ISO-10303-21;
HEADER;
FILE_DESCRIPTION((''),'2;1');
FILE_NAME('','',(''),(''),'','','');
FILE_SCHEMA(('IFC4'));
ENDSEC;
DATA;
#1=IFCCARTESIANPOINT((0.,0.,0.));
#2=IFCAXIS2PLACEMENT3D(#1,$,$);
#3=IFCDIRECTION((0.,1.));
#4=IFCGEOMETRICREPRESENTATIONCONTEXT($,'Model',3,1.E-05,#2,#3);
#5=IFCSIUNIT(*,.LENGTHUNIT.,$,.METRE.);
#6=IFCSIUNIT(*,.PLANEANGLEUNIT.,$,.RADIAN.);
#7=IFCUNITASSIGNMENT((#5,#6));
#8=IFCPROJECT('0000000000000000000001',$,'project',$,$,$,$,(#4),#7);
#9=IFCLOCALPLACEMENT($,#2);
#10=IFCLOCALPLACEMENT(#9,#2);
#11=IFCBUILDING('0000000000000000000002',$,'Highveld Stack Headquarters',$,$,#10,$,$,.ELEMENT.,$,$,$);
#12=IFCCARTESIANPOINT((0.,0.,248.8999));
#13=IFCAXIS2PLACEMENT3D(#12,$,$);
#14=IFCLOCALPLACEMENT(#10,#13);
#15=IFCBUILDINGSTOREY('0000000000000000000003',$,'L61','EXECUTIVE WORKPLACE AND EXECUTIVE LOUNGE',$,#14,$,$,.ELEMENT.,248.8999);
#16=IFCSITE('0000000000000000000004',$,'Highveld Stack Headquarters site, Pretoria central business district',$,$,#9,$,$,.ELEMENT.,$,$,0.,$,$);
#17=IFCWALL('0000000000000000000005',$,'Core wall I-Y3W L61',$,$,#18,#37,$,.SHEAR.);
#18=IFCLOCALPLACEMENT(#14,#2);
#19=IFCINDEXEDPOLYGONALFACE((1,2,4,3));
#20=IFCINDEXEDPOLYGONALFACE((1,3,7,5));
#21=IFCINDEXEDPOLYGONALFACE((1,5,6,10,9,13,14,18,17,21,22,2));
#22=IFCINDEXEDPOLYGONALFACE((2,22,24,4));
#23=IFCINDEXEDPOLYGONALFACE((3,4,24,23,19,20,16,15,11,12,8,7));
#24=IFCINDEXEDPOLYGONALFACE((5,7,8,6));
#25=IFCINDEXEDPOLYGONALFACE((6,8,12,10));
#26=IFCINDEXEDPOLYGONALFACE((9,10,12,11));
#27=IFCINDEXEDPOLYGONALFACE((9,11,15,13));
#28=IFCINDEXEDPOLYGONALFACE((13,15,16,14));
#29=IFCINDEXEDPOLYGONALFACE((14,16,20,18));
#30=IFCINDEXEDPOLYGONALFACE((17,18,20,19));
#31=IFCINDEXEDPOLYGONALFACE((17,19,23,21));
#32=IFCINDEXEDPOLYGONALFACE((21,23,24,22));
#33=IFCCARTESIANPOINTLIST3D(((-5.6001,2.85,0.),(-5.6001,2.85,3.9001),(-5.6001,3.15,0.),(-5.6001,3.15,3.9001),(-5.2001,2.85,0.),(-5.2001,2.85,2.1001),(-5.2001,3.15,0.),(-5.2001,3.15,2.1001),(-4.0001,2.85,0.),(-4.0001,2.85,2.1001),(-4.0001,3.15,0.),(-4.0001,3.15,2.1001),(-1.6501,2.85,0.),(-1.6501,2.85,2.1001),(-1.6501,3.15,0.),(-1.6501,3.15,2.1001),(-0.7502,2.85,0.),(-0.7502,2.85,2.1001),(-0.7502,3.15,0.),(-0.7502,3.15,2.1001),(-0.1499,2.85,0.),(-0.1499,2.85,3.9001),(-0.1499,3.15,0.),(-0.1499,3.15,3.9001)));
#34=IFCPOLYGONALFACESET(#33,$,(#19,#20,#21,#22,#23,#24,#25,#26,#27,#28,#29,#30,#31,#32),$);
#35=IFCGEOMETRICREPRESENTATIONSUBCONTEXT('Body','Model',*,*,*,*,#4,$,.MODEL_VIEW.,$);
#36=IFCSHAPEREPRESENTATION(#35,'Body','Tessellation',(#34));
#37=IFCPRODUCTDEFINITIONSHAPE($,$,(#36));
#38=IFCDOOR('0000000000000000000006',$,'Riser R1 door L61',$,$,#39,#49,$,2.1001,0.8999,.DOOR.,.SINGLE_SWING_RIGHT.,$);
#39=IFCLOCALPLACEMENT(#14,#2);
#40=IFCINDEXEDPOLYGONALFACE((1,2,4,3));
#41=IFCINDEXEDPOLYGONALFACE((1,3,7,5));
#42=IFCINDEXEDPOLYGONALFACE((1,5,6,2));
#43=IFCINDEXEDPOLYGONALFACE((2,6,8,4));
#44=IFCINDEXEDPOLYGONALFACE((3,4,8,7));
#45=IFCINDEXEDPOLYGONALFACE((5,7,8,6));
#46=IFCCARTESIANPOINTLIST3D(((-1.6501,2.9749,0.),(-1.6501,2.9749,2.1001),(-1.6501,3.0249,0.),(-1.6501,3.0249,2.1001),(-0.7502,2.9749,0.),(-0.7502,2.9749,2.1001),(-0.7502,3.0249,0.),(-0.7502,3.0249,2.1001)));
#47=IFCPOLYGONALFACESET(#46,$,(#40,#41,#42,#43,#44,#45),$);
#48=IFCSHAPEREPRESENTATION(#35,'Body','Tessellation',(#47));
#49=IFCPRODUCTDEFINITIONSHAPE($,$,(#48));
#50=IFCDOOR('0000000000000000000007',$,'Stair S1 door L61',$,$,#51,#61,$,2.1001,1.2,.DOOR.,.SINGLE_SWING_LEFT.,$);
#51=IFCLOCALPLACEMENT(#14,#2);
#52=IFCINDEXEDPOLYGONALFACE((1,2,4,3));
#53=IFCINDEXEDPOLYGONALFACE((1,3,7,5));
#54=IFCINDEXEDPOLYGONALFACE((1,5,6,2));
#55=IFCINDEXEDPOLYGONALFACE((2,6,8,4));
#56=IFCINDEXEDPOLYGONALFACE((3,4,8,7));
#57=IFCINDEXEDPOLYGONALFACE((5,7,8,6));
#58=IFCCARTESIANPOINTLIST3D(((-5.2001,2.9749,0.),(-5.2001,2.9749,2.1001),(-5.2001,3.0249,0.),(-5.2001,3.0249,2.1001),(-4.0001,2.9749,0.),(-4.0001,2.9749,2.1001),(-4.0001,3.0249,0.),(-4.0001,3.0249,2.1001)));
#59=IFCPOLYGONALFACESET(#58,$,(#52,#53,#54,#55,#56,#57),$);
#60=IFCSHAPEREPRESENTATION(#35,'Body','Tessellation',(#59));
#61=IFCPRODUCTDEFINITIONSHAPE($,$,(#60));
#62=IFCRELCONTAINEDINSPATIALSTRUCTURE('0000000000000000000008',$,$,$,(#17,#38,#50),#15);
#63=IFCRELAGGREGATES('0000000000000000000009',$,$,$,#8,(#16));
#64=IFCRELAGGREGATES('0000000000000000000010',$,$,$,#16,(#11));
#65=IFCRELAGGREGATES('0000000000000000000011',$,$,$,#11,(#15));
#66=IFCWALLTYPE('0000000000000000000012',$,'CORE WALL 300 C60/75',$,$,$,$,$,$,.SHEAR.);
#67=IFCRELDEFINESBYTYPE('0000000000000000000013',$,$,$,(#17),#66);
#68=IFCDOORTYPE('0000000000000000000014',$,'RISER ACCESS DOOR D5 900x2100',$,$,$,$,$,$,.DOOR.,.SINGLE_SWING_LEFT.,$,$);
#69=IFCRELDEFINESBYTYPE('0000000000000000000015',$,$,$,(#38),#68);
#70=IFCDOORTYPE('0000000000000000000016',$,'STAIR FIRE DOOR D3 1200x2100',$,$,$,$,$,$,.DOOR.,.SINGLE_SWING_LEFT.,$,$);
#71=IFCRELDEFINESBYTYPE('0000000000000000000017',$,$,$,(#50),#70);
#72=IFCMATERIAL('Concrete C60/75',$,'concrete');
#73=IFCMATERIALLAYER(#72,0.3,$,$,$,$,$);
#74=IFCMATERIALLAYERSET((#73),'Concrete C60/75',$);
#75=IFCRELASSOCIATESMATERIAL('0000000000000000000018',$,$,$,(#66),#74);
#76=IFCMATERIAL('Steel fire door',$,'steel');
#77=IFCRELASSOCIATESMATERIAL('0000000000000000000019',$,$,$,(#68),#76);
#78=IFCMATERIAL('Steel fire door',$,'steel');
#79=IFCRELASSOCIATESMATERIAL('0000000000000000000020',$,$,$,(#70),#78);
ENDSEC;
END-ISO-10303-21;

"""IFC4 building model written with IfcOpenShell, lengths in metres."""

from ifc_helpers import new_model, si_unit, direction, frame, frame_2d, origin, place, context, subcontext, project, spatial, rectangle, extrude, material, layer, layer_set, type_object, element, fill, save


model = new_model("IFC4")

# Units and contexts
model_context = context("Model", 3, precision=1e-05, world=origin(), true_north=direction((0.0, 1.0)))
body_context = subcontext(model_context, "Body", "Model", "MODEL_VIEW")
ifc_project = project(units=[si_unit("LENGTHUNIT", "METRE"), si_unit("PLANEANGLEUNIT", "RADIAN")], contexts=[model_context])

# Site, building, storey
site_placement = place(None, origin())
site = spatial("IfcSite", under=ifc_project, at=site_placement, Name="Highveld Stack Headquarters site, Pretoria central business district", CompositionType="ELEMENT", RefElevation=0.0)
building_placement = place(site_placement, origin())
building = spatial("IfcBuilding", under=site, at=building_placement, Name="Highveld Stack Headquarters", CompositionType="ELEMENT")
storey_placement = place(building_placement, frame((0.0, 0.0, 248.8999)))
storey = spatial("IfcBuildingStorey", under=building, at=storey_placement, Name="L61", Description="EXECUTIVE WORKPLACE AND EXECUTIVE LOUNGE", CompositionType="ELEMENT", Elevation=248.8999)

# Wall, openings, doors
ifc_material_1 = material(Name="Concrete C60/75", Category="concrete")
ifc_layer_1 = layer(ifc_material_1, 0.3)
ifc_layer_set_1 = layer_set([ifc_layer_1], Name="Concrete C60/75")
wall_type = type_object("IfcWallType", Name="CORE WALL 300 C60/75", PredefinedType="SHEAR", material=ifc_layer_set_1)
wall_1_placement = place(storey_placement, frame((-5.6001, 3.0, 0.0), z_axis=(0.0, 0.0, 1.0), x_axis=(1.0, 0.0, 0.0)))
wall_1 = element("IfcWall", 1, at=wall_1_placement, inside=storey, type_object=wall_type, Name="Core wall I-Y3W L61", PredefinedType="SHEAR", context=body_context, shape_type="SweptSolid", body=[
    extrude(rectangle(XDim=5.4502, YDim=0.3, at=frame_2d((2.7251, 0.0))), origin(), (0.0, 0.0, 1.0), 3.9001),
])
opening_1_placement = place(wall_1_placement, frame((0.3999, 0.0, 0.0)))
opening_1 = element("IfcOpeningElement", 2, at=opening_1_placement, cuts=wall_1, PredefinedType="OPENING", context=body_context, shape_type="SweptSolid", body=[
    extrude(rectangle(XDim=1.2, YDim=2.1001, at=frame_2d((0.6001, 1.05))), frame((0.0, 0.1599, 0.0), z_axis=(0.0, -1.0, 0.0), x_axis=(1.0, 0.0, 0.0)), (0.0, 0.0, 1.0), 0.3201),
])
opening_2_placement = place(wall_1_placement, frame((3.95, 0.0, 0.0)))
opening_2 = element("IfcOpeningElement", 3, at=opening_2_placement, cuts=wall_1, PredefinedType="OPENING", context=body_context, shape_type="SweptSolid", body=[
    extrude(rectangle(XDim=0.8999, YDim=2.1001, at=frame_2d((0.45, 1.05))), frame((0.0, 0.1599, 0.0), z_axis=(0.0, -1.0, 0.0), x_axis=(1.0, 0.0, 0.0)), (0.0, 0.0, 1.0), 0.3201),
])
ifc_material_2 = material(Name="Steel fire door", Category="steel")
door_type_1 = type_object("IfcDoorType", Name="RISER ACCESS DOOR D5 900x2100", OperationType="SINGLE_SWING_LEFT", PredefinedType="DOOR", material=ifc_material_2)
door_1_placement = place(opening_2_placement, origin())
door_1 = element("IfcDoor", 4, at=door_1_placement, inside=storey, type_object=door_type_1, Name="Riser R1 door L61", OperationType="SINGLE_SWING_RIGHT", OverallHeight=2.1001, OverallWidth=0.8999, PredefinedType="DOOR", context=body_context, shape_type="SweptSolid", body=[
    extrude(rectangle(XDim=0.8999, YDim=2.1001, at=frame_2d((0.45, 1.05))), frame((0.0, 0.0249, 0.0), z_axis=(0.0, -1.0, 0.0), x_axis=(1.0, 0.0, 0.0)), (0.0, 0.0, 1.0), 0.05),
])
fill(opening_2, door_1)
ifc_material_3 = material(Name="Steel fire door", Category="steel")
door_type_2 = type_object("IfcDoorType", Name="STAIR FIRE DOOR D3 1200x2100", OperationType="SINGLE_SWING_LEFT", PredefinedType="DOOR", material=ifc_material_3)
door_2_placement = place(opening_1_placement, origin())
door_2 = element("IfcDoor", 5, at=door_2_placement, inside=storey, type_object=door_type_2, Name="Stair S1 door L61", OperationType="SINGLE_SWING_LEFT", OverallHeight=2.1001, OverallWidth=1.2, PredefinedType="DOOR", context=body_context, shape_type="SweptSolid", body=[
    extrude(rectangle(XDim=1.2, YDim=2.1001, at=frame_2d((0.6001, 1.05))), frame((0.0, 0.0249, 0.0), z_axis=(0.0, -1.0, 0.0), x_axis=(1.0, 0.0, 0.0)), (0.0, 0.0, 1.0), 0.05),
])
fill(opening_1, door_2)

save(model, "model.ifc")
